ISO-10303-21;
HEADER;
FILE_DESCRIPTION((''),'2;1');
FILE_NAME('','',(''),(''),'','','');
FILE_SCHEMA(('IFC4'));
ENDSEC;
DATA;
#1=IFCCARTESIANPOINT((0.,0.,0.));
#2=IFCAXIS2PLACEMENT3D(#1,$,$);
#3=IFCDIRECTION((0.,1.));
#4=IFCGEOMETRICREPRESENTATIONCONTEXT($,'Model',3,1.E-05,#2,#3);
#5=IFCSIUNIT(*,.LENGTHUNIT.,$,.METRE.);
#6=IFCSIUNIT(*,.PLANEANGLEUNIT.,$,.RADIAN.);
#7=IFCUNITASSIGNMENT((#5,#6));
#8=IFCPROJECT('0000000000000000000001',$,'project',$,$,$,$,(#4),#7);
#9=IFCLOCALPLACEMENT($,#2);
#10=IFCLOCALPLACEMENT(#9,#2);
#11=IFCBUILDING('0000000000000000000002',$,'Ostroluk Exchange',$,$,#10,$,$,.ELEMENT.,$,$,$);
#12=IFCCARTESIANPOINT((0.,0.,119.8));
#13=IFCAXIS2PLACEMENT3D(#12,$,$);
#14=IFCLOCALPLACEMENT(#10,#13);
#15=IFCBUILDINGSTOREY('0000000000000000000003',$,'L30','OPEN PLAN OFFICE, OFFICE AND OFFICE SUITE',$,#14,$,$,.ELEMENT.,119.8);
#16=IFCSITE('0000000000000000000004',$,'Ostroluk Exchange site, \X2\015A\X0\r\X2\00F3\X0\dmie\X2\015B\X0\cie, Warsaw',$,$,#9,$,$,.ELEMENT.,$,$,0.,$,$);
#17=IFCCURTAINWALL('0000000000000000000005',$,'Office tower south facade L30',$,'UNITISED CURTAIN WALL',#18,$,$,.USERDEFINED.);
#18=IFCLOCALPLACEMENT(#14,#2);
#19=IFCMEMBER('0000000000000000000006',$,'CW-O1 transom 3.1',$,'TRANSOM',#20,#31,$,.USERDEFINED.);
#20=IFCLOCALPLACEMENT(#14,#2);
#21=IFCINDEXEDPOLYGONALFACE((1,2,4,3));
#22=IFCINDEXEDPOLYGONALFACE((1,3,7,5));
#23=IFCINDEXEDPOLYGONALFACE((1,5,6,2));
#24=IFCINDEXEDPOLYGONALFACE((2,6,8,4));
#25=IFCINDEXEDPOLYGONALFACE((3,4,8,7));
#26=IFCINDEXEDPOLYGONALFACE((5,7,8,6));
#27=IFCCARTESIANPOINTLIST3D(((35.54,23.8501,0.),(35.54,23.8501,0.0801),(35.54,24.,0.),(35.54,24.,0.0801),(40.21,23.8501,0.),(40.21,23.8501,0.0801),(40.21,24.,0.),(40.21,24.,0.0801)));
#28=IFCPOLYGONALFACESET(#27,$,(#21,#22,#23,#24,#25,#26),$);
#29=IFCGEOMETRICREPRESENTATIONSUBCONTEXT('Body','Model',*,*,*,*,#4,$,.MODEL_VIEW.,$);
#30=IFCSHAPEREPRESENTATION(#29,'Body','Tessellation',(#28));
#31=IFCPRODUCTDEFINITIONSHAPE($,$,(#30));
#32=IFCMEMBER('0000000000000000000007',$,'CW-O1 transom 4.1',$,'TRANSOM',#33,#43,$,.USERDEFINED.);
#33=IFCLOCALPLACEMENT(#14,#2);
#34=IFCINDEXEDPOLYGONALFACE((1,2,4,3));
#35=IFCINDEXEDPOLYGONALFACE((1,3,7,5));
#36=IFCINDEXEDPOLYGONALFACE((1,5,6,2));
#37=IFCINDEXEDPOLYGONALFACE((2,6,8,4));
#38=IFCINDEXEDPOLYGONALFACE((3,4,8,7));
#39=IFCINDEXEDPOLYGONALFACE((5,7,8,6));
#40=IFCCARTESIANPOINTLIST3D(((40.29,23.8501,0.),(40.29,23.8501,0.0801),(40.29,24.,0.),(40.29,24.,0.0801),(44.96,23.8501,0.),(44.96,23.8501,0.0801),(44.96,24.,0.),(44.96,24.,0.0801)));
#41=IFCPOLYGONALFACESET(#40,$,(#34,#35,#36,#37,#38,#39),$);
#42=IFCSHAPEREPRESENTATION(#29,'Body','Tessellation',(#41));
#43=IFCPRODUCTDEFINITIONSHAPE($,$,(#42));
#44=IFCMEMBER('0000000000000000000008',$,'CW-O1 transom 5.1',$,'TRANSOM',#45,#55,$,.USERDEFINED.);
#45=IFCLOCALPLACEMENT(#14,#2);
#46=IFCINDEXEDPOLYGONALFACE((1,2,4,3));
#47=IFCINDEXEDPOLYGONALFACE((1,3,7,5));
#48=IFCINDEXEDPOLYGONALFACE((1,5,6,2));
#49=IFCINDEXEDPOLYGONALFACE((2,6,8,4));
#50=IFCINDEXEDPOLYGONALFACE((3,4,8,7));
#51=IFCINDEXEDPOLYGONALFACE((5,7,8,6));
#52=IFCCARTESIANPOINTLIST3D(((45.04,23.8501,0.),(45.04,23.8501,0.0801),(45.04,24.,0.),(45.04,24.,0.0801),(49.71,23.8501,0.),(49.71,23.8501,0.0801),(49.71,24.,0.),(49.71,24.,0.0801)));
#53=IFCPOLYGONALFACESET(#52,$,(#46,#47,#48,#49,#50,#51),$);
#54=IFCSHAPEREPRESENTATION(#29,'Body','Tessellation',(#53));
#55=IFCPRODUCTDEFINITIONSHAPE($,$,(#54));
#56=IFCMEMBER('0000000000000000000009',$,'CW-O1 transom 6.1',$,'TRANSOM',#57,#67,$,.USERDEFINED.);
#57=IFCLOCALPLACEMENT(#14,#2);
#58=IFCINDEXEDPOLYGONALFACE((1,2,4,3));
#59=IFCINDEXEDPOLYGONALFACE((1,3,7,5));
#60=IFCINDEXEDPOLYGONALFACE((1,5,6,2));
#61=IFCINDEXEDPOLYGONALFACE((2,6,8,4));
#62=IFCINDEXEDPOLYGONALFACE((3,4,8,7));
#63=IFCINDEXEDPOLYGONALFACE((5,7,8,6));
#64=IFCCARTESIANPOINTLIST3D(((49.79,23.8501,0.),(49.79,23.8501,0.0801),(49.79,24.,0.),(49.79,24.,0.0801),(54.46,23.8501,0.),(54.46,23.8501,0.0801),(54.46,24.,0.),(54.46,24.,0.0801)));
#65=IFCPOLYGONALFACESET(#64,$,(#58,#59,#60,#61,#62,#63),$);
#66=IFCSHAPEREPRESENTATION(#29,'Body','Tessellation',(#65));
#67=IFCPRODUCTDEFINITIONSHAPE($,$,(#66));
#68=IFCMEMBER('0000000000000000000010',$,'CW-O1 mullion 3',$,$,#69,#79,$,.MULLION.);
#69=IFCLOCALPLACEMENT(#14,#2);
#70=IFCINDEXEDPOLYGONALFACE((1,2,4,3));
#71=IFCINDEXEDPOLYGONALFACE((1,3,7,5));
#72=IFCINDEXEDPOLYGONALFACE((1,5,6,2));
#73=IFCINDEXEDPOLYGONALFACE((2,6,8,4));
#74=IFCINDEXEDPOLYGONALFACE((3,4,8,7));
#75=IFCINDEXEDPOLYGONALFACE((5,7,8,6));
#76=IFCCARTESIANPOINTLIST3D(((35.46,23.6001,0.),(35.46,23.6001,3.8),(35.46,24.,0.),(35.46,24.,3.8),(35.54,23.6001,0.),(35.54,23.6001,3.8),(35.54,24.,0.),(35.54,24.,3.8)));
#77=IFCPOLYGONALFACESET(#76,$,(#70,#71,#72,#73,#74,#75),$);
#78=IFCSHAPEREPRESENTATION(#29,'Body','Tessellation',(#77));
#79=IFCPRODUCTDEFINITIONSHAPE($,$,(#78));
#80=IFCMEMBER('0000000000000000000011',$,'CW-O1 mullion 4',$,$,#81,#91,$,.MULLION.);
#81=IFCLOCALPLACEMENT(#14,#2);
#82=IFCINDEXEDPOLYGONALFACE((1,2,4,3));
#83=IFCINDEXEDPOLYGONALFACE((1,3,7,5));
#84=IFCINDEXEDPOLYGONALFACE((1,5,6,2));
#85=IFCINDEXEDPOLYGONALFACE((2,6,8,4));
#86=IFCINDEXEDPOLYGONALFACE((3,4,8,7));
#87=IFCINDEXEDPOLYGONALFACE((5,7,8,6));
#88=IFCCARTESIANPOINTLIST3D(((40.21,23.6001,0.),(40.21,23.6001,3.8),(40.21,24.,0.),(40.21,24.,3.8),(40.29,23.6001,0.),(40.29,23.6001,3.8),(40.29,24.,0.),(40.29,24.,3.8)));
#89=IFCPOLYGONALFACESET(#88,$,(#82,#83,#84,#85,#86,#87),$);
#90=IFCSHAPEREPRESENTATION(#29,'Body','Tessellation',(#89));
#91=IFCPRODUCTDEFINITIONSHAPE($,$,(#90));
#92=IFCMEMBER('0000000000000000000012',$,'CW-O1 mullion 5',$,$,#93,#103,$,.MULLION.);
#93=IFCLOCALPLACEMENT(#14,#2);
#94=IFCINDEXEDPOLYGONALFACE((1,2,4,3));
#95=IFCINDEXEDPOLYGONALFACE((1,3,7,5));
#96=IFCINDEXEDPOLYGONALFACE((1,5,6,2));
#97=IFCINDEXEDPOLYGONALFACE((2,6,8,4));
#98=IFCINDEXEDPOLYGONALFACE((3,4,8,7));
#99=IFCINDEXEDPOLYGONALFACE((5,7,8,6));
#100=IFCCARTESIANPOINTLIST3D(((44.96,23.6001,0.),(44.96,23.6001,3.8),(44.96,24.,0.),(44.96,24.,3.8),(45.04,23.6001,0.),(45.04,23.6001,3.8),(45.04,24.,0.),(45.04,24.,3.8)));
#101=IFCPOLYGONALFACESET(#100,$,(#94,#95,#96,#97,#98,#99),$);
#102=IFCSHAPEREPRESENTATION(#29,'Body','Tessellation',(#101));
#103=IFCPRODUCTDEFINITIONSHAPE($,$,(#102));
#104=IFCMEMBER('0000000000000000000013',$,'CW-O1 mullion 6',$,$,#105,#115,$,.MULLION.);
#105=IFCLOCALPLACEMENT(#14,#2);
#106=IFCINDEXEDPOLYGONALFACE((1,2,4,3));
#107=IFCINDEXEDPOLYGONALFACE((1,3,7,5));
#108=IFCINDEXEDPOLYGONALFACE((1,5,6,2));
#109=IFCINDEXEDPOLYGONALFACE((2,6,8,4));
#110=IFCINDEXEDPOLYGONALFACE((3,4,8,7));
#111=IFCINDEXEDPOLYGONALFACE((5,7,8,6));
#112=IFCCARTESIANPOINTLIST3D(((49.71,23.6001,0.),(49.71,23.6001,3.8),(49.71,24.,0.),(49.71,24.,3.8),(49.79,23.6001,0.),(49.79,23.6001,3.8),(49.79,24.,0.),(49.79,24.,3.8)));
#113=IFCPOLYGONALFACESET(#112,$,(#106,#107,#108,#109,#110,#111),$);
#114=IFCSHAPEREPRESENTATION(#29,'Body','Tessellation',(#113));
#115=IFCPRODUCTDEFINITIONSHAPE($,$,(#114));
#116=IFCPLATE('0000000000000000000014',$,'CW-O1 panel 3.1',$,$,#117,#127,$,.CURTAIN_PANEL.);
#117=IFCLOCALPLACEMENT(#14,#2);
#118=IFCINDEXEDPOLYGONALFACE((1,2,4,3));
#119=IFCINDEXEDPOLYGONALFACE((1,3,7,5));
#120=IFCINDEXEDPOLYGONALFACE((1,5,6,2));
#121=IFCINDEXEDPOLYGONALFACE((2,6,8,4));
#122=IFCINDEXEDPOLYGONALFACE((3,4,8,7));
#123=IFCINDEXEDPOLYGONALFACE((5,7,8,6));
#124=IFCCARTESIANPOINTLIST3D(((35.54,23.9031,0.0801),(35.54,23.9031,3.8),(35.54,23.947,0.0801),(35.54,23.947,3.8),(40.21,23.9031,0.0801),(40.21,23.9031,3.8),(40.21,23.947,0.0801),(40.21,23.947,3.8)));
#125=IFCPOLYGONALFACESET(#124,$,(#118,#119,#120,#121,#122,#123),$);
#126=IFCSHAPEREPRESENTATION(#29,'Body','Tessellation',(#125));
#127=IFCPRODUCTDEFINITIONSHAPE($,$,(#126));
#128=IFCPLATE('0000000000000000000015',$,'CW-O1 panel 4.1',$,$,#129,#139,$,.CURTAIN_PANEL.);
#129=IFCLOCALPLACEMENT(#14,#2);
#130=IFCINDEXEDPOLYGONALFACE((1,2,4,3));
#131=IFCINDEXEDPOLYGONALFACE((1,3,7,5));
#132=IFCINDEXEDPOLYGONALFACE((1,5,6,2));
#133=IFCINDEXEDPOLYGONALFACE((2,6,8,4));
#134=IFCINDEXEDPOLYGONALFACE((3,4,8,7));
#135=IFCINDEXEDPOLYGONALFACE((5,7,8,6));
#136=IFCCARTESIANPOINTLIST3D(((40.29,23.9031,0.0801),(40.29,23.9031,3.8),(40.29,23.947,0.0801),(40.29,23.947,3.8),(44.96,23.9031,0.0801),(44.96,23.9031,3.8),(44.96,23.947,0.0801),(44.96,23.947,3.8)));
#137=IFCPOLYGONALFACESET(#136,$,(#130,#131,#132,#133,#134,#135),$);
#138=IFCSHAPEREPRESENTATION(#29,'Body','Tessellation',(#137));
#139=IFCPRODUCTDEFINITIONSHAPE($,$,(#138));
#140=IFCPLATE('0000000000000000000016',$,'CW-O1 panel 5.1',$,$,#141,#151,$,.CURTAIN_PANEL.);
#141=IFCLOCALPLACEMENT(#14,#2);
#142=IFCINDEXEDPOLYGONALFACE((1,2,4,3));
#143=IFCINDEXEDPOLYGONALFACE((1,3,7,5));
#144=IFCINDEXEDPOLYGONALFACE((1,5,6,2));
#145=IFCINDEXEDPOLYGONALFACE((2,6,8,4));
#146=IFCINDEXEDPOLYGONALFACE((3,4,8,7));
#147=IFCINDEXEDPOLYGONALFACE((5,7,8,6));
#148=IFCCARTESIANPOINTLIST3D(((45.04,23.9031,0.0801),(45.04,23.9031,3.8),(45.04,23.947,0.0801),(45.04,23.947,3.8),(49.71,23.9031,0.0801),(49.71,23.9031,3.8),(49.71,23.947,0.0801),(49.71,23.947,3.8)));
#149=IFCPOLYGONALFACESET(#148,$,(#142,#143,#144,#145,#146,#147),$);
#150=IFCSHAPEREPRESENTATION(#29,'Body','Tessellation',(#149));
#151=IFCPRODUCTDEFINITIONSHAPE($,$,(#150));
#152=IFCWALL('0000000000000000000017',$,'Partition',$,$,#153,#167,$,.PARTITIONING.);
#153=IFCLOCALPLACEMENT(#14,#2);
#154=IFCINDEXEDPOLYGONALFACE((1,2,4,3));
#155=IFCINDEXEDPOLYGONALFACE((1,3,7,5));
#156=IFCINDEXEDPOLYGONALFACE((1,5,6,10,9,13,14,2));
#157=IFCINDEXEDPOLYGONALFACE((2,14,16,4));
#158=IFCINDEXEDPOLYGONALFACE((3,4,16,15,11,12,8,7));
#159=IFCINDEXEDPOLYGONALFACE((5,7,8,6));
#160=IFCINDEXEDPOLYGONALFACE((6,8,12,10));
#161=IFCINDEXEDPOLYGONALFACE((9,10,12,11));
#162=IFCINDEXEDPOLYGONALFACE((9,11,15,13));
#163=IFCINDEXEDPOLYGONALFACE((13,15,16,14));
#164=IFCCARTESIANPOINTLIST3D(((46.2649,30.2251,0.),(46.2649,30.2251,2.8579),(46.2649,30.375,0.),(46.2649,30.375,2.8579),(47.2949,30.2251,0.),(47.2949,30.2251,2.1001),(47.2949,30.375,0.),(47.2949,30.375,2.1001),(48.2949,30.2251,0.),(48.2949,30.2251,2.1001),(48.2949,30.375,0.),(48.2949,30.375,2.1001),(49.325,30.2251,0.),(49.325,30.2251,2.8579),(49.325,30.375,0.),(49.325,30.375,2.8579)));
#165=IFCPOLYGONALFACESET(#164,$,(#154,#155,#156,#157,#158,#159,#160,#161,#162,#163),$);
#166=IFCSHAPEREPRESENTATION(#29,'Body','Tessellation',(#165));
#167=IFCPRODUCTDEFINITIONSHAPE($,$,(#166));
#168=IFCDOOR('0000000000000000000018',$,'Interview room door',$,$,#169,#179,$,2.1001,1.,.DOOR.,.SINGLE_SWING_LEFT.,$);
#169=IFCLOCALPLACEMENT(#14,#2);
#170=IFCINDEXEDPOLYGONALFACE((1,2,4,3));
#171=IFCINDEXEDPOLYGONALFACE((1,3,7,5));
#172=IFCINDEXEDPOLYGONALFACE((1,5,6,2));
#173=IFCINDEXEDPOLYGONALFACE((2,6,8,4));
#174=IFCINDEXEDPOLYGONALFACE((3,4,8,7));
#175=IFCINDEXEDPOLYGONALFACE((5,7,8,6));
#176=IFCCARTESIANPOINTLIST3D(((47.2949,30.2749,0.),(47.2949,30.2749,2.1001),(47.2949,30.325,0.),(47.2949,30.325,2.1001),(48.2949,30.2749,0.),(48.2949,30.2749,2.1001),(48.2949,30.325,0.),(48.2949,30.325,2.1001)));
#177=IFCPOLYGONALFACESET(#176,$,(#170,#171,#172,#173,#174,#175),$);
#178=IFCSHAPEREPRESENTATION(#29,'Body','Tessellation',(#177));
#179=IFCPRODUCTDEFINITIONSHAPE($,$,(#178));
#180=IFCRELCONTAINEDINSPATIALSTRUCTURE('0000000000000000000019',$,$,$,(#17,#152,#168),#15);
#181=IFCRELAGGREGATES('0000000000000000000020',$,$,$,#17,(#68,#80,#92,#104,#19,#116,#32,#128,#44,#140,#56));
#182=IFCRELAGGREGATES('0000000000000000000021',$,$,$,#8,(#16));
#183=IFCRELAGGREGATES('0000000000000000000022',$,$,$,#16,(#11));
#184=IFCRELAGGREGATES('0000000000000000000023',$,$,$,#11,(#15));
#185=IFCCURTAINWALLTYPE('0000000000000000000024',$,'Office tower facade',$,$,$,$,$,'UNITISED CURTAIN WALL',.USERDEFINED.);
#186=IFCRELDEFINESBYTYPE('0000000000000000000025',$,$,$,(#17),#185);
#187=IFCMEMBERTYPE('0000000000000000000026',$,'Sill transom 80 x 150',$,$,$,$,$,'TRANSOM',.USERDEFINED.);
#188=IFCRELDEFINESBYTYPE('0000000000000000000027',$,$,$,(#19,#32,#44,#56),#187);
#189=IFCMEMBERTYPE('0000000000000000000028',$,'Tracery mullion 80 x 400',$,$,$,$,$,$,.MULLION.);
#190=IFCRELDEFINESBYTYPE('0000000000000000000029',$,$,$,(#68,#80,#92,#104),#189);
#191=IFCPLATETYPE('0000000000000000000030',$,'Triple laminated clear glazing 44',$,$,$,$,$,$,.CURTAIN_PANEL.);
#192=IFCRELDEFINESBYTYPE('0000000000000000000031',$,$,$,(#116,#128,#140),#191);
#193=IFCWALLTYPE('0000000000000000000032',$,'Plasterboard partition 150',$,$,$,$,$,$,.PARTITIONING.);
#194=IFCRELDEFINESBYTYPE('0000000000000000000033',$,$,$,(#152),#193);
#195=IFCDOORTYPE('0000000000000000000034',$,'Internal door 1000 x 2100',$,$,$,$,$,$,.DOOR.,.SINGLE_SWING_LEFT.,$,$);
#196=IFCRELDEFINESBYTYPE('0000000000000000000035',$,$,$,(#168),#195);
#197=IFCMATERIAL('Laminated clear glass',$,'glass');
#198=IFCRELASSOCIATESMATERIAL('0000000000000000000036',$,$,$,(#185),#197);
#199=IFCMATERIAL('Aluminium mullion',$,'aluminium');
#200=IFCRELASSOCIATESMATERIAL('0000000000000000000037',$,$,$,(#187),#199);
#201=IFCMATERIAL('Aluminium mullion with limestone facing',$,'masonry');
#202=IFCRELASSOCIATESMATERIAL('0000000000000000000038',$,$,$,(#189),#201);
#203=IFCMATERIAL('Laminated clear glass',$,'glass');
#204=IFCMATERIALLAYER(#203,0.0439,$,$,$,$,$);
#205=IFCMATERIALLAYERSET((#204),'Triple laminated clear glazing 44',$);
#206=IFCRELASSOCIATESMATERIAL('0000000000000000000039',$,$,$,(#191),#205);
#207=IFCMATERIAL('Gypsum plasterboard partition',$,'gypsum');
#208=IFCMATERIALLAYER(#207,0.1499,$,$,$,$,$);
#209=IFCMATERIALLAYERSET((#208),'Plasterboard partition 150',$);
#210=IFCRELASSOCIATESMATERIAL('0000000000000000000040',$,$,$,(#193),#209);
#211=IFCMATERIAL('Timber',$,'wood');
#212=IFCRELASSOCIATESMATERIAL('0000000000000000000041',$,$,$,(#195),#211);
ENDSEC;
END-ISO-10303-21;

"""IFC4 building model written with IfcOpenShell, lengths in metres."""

from ifc_helpers import new_model, si_unit, direction, frame, frame_2d, origin, origin_2d, place, context, subcontext, project, spatial, rectangle, extrude, material, layer, layer_set, material_profile, profile_set, type_object, element, fill, aggregate, save


model = new_model("IFC4")

# Units and contexts
model_context = context("Model", 3, precision=1e-05, world=origin(), true_north=direction((0.0, 1.0)))
body_context = subcontext(model_context, "Body", "Model", "MODEL_VIEW")
ifc_project = project(units=[si_unit("LENGTHUNIT", "METRE"), si_unit("PLANEANGLEUNIT", "RADIAN")], contexts=[model_context])

# Site, building, storey
site_placement = place(None, origin())
site = spatial("IfcSite", under=ifc_project, at=site_placement, Name="Ostroluk Exchange site, Śródmieście, Warsaw", CompositionType="ELEMENT", RefElevation=0.0)
building_placement = place(site_placement, origin())
building = spatial("IfcBuilding", under=site, at=building_placement, Name="Ostroluk Exchange", CompositionType="ELEMENT")
storey_placement = place(building_placement, frame((0.0, 0.0, 119.8)))
storey = spatial("IfcBuildingStorey", under=building, at=storey_placement, Name="L30", Description="OPEN PLAN OFFICE, OFFICE AND OFFICE SUITE", CompositionType="ELEMENT", Elevation=119.8)

# Curtain wall, members, plates
ifc_material_1 = material(Name="Laminated clear glass", Category="glass")
curtain_wall_type = type_object("IfcCurtainWallType", Name="Office tower facade", ElementType="UNITISED CURTAIN WALL", PredefinedType="USERDEFINED", material=ifc_material_1)
curtain_wall_placement = place(storey_placement, origin())
curtain_wall = element("IfcCurtainWall", 1, at=curtain_wall_placement, inside=storey, type_object=curtain_wall_type, Name="Office tower south facade L30", ObjectType="UNITISED CURTAIN WALL", PredefinedType="USERDEFINED")
ifc_material_2 = material(Name="Aluminium mullion", Category="aluminium")
ifc_material_profile_1 = material_profile(ifc_material_2, rectangle(XDim=0.1499, YDim=0.0801, at=origin_2d()), Name="Sill transom 80 x 150")
ifc_profile_set_1 = profile_set([ifc_material_profile_1], Name="Aluminium mullion")
member_type_1 = type_object("IfcMemberType", Name="Sill transom 80 x 150", ElementType="TRANSOM", PredefinedType="USERDEFINED", material=ifc_profile_set_1)
member_1_placement = place(storey_placement, frame((35.54, 23.925, 0.04), z_axis=(1.0, 0.0, 0.0), x_axis=(0.0, 1.0, 0.0)))
member_1 = element("IfcMember", 2, at=member_1_placement, type_object=member_type_1, Name="CW-O1 transom 3.1", ObjectType="TRANSOM", PredefinedType="USERDEFINED", context=body_context, shape_type="SweptSolid", body=[
    extrude(rectangle(XDim=0.1499, YDim=0.0801, at=origin_2d()), origin(), (0.0, 0.0, 1.0), 4.6699),
])
member_2_placement = place(storey_placement, frame((40.29, 23.925, 0.04), z_axis=(1.0, 0.0, 0.0), x_axis=(0.0, 1.0, 0.0)))
member_2 = element("IfcMember", 3, at=member_2_placement, type_object=member_type_1, Name="CW-O1 transom 4.1", ObjectType="TRANSOM", PredefinedType="USERDEFINED", context=body_context, shape_type="SweptSolid", body=[
    extrude(rectangle(XDim=0.1499, YDim=0.0801, at=origin_2d()), origin(), (0.0, 0.0, 1.0), 4.6699),
])
member_3_placement = place(storey_placement, frame((45.04, 23.925, 0.04), z_axis=(1.0, 0.0, 0.0), x_axis=(0.0, 1.0, 0.0)))
member_3 = element("IfcMember", 4, at=member_3_placement, type_object=member_type_1, Name="CW-O1 transom 5.1", ObjectType="TRANSOM", PredefinedType="USERDEFINED", context=body_context, shape_type="SweptSolid", body=[
    extrude(rectangle(XDim=0.1499, YDim=0.0801, at=origin_2d()), origin(), (0.0, 0.0, 1.0), 4.6699),
])
member_4_placement = place(storey_placement, frame((49.79, 23.925, 0.04), z_axis=(1.0, 0.0, 0.0), x_axis=(0.0, 1.0, 0.0)))
member_4 = element("IfcMember", 5, at=member_4_placement, type_object=member_type_1, Name="CW-O1 transom 6.1", ObjectType="TRANSOM", PredefinedType="USERDEFINED", context=body_context, shape_type="SweptSolid", body=[
    extrude(rectangle(XDim=0.1499, YDim=0.0801, at=origin_2d()), origin(), (0.0, 0.0, 1.0), 4.6699),
])
ifc_material_3 = material(Name="Aluminium mullion with limestone facing", Category="masonry")
ifc_material_profile_2 = material_profile(ifc_material_3, rectangle(XDim=0.3999, YDim=0.0801, at=origin_2d()), Name="Tracery mullion 80 x 400")
ifc_profile_set_2 = profile_set([ifc_material_profile_2], Name="Aluminium mullion with limestone facing")
member_type_2 = type_object("IfcMemberType", Name="Tracery mullion 80 x 400", PredefinedType="MULLION", material=ifc_profile_set_2)
member_5_placement = place(storey_placement, frame((35.5, 23.8, 0.0), z_axis=(0.0, 0.0, 1.0), x_axis=(0.0, 1.0, 0.0)))
member_5 = element("IfcMember", 6, at=member_5_placement, type_object=member_type_2, Name="CW-O1 mullion 3", PredefinedType="MULLION", context=body_context, shape_type="SweptSolid", body=[
    extrude(rectangle(XDim=0.3999, YDim=0.0801, at=origin_2d()), origin(), (0.0, 0.0, 1.0), 3.8),
])
member_6_placement = place(storey_placement, frame((40.25, 23.8, 0.0), z_axis=(0.0, 0.0, 1.0), x_axis=(0.0, 1.0, 0.0)))
member_6 = element("IfcMember", 7, at=member_6_placement, type_object=member_type_2, Name="CW-O1 mullion 4", PredefinedType="MULLION", context=body_context, shape_type="SweptSolid", body=[
    extrude(rectangle(XDim=0.3999, YDim=0.0801, at=origin_2d()), origin(), (0.0, 0.0, 1.0), 3.8),
])
member_7_placement = place(storey_placement, frame((45.0, 23.8, 0.0), z_axis=(0.0, 0.0, 1.0), x_axis=(0.0, 1.0, 0.0)))
member_7 = element("IfcMember", 8, at=member_7_placement, type_object=member_type_2, Name="CW-O1 mullion 5", PredefinedType="MULLION", context=body_context, shape_type="SweptSolid", body=[
    extrude(rectangle(XDim=0.3999, YDim=0.0801, at=origin_2d()), origin(), (0.0, 0.0, 1.0), 3.8),
])
member_8_placement = place(storey_placement, frame((49.75, 23.8, 0.0), z_axis=(0.0, 0.0, 1.0), x_axis=(0.0, 1.0, 0.0)))
member_8 = element("IfcMember", 9, at=member_8_placement, type_object=member_type_2, Name="CW-O1 mullion 6", PredefinedType="MULLION", context=body_context, shape_type="SweptSolid", body=[
    extrude(rectangle(XDim=0.3999, YDim=0.0801, at=origin_2d()), origin(), (0.0, 0.0, 1.0), 3.8),
])
ifc_material_4 = material(Name="Laminated clear glass", Category="glass")
ifc_layer_1 = layer(ifc_material_4, 0.0439)
ifc_layer_set_1 = layer_set([ifc_layer_1], Name="Triple laminated clear glazing 44")
plate_type = type_object("IfcPlateType", Name="Triple laminated clear glazing 44", PredefinedType="CURTAIN_PANEL", material=ifc_layer_set_1)
plate_1_placement = place(storey_placement, frame((37.875, 23.925, 0.0801), z_axis=(0.0, 0.0, 1.0), x_axis=(1.0, 0.0, 0.0)))
plate_1 = element("IfcPlate", 10, at=plate_1_placement, type_object=plate_type, Name="CW-O1 panel 3.1", PredefinedType="CURTAIN_PANEL", context=body_context, shape_type="SweptSolid", body=[
    extrude(rectangle(XDim=4.6699, YDim=0.0439, at=origin_2d()), origin(), (0.0, 0.0, 1.0), 3.72),
])
plate_2_placement = place(storey_placement, frame((42.625, 23.925, 0.0801), z_axis=(0.0, 0.0, 1.0), x_axis=(1.0, 0.0, 0.0)))
plate_2 = element("IfcPlate", 11, at=plate_2_placement, type_object=plate_type, Name="CW-O1 panel 4.1", PredefinedType="CURTAIN_PANEL", context=body_context, shape_type="SweptSolid", body=[
    extrude(rectangle(XDim=4.6699, YDim=0.0439, at=origin_2d()), origin(), (0.0, 0.0, 1.0), 3.72),
])
plate_3_placement = place(storey_placement, frame((47.375, 23.925, 0.0801), z_axis=(0.0, 0.0, 1.0), x_axis=(1.0, 0.0, 0.0)))
plate_3 = element("IfcPlate", 12, at=plate_3_placement, type_object=plate_type, Name="CW-O1 panel 5.1", PredefinedType="CURTAIN_PANEL", context=body_context, shape_type="SweptSolid", body=[
    extrude(rectangle(XDim=4.6699, YDim=0.0439, at=origin_2d()), origin(), (0.0, 0.0, 1.0), 3.72),
])
aggregate(curtain_wall, [member_5, member_6, member_7, member_8, member_1, plate_1, member_2, plate_2, member_3, plate_3, member_4])

# Wall, opening, door
ifc_material_5 = material(Name="Gypsum plasterboard partition", Category="gypsum")
ifc_layer_2 = layer(ifc_material_5, 0.1499)
ifc_layer_set_2 = layer_set([ifc_layer_2], Name="Plasterboard partition 150")
wall_type = type_object("IfcWallType", Name="Plasterboard partition 150", PredefinedType="PARTITIONING", material=ifc_layer_set_2)
wall_placement = place(storey_placement, frame((46.2649, 30.3, 0.0), z_axis=(0.0, 0.0, 1.0), x_axis=(1.0, 0.0, 0.0)))
wall = element("IfcWall", 13, at=wall_placement, inside=storey, type_object=wall_type, Name="Partition", PredefinedType="PARTITIONING", context=body_context, shape_type="SweptSolid", body=[
    extrude(rectangle(XDim=3.0601, YDim=0.1499, at=frame_2d((1.53, 0.0))), origin(), (0.0, 0.0, 1.0), 2.8579),
])
opening_placement = place(wall_placement, frame((1.03, 0.0, 0.0)))
opening = element("IfcOpeningElement", 14, at=opening_placement, cuts=wall, PredefinedType="OPENING", context=body_context, shape_type="SweptSolid", body=[
    extrude(rectangle(XDim=1.0, YDim=2.1001, at=frame_2d((0.5, 1.05))), frame((0.0, 0.085, 0.0), z_axis=(0.0, -1.0, 0.0), x_axis=(1.0, 0.0, 0.0)), (0.0, 0.0, 1.0), 0.1699),
])
ifc_material_6 = material(Name="Timber", Category="wood")
door_type = type_object("IfcDoorType", Name="Internal door 1000 x 2100", OperationType="SINGLE_SWING_LEFT", PredefinedType="DOOR", material=ifc_material_6)
door_placement = place(opening_placement, origin())
door = element("IfcDoor", 15, at=door_placement, inside=storey, type_object=door_type, Name="Interview room door", OperationType="SINGLE_SWING_LEFT", OverallHeight=2.1001, OverallWidth=1.0, PredefinedType="DOOR", context=body_context, shape_type="SweptSolid", body=[
    extrude(rectangle(XDim=1.0, YDim=2.1001, at=frame_2d((0.5, 1.05))), frame((0.0, 0.0249, 0.0), z_axis=(0.0, -1.0, 0.0), x_axis=(1.0, 0.0, 0.0)), (0.0, 0.0, 1.0), 0.05),
])
fill(opening, door)

save(model, "model.ifc")
